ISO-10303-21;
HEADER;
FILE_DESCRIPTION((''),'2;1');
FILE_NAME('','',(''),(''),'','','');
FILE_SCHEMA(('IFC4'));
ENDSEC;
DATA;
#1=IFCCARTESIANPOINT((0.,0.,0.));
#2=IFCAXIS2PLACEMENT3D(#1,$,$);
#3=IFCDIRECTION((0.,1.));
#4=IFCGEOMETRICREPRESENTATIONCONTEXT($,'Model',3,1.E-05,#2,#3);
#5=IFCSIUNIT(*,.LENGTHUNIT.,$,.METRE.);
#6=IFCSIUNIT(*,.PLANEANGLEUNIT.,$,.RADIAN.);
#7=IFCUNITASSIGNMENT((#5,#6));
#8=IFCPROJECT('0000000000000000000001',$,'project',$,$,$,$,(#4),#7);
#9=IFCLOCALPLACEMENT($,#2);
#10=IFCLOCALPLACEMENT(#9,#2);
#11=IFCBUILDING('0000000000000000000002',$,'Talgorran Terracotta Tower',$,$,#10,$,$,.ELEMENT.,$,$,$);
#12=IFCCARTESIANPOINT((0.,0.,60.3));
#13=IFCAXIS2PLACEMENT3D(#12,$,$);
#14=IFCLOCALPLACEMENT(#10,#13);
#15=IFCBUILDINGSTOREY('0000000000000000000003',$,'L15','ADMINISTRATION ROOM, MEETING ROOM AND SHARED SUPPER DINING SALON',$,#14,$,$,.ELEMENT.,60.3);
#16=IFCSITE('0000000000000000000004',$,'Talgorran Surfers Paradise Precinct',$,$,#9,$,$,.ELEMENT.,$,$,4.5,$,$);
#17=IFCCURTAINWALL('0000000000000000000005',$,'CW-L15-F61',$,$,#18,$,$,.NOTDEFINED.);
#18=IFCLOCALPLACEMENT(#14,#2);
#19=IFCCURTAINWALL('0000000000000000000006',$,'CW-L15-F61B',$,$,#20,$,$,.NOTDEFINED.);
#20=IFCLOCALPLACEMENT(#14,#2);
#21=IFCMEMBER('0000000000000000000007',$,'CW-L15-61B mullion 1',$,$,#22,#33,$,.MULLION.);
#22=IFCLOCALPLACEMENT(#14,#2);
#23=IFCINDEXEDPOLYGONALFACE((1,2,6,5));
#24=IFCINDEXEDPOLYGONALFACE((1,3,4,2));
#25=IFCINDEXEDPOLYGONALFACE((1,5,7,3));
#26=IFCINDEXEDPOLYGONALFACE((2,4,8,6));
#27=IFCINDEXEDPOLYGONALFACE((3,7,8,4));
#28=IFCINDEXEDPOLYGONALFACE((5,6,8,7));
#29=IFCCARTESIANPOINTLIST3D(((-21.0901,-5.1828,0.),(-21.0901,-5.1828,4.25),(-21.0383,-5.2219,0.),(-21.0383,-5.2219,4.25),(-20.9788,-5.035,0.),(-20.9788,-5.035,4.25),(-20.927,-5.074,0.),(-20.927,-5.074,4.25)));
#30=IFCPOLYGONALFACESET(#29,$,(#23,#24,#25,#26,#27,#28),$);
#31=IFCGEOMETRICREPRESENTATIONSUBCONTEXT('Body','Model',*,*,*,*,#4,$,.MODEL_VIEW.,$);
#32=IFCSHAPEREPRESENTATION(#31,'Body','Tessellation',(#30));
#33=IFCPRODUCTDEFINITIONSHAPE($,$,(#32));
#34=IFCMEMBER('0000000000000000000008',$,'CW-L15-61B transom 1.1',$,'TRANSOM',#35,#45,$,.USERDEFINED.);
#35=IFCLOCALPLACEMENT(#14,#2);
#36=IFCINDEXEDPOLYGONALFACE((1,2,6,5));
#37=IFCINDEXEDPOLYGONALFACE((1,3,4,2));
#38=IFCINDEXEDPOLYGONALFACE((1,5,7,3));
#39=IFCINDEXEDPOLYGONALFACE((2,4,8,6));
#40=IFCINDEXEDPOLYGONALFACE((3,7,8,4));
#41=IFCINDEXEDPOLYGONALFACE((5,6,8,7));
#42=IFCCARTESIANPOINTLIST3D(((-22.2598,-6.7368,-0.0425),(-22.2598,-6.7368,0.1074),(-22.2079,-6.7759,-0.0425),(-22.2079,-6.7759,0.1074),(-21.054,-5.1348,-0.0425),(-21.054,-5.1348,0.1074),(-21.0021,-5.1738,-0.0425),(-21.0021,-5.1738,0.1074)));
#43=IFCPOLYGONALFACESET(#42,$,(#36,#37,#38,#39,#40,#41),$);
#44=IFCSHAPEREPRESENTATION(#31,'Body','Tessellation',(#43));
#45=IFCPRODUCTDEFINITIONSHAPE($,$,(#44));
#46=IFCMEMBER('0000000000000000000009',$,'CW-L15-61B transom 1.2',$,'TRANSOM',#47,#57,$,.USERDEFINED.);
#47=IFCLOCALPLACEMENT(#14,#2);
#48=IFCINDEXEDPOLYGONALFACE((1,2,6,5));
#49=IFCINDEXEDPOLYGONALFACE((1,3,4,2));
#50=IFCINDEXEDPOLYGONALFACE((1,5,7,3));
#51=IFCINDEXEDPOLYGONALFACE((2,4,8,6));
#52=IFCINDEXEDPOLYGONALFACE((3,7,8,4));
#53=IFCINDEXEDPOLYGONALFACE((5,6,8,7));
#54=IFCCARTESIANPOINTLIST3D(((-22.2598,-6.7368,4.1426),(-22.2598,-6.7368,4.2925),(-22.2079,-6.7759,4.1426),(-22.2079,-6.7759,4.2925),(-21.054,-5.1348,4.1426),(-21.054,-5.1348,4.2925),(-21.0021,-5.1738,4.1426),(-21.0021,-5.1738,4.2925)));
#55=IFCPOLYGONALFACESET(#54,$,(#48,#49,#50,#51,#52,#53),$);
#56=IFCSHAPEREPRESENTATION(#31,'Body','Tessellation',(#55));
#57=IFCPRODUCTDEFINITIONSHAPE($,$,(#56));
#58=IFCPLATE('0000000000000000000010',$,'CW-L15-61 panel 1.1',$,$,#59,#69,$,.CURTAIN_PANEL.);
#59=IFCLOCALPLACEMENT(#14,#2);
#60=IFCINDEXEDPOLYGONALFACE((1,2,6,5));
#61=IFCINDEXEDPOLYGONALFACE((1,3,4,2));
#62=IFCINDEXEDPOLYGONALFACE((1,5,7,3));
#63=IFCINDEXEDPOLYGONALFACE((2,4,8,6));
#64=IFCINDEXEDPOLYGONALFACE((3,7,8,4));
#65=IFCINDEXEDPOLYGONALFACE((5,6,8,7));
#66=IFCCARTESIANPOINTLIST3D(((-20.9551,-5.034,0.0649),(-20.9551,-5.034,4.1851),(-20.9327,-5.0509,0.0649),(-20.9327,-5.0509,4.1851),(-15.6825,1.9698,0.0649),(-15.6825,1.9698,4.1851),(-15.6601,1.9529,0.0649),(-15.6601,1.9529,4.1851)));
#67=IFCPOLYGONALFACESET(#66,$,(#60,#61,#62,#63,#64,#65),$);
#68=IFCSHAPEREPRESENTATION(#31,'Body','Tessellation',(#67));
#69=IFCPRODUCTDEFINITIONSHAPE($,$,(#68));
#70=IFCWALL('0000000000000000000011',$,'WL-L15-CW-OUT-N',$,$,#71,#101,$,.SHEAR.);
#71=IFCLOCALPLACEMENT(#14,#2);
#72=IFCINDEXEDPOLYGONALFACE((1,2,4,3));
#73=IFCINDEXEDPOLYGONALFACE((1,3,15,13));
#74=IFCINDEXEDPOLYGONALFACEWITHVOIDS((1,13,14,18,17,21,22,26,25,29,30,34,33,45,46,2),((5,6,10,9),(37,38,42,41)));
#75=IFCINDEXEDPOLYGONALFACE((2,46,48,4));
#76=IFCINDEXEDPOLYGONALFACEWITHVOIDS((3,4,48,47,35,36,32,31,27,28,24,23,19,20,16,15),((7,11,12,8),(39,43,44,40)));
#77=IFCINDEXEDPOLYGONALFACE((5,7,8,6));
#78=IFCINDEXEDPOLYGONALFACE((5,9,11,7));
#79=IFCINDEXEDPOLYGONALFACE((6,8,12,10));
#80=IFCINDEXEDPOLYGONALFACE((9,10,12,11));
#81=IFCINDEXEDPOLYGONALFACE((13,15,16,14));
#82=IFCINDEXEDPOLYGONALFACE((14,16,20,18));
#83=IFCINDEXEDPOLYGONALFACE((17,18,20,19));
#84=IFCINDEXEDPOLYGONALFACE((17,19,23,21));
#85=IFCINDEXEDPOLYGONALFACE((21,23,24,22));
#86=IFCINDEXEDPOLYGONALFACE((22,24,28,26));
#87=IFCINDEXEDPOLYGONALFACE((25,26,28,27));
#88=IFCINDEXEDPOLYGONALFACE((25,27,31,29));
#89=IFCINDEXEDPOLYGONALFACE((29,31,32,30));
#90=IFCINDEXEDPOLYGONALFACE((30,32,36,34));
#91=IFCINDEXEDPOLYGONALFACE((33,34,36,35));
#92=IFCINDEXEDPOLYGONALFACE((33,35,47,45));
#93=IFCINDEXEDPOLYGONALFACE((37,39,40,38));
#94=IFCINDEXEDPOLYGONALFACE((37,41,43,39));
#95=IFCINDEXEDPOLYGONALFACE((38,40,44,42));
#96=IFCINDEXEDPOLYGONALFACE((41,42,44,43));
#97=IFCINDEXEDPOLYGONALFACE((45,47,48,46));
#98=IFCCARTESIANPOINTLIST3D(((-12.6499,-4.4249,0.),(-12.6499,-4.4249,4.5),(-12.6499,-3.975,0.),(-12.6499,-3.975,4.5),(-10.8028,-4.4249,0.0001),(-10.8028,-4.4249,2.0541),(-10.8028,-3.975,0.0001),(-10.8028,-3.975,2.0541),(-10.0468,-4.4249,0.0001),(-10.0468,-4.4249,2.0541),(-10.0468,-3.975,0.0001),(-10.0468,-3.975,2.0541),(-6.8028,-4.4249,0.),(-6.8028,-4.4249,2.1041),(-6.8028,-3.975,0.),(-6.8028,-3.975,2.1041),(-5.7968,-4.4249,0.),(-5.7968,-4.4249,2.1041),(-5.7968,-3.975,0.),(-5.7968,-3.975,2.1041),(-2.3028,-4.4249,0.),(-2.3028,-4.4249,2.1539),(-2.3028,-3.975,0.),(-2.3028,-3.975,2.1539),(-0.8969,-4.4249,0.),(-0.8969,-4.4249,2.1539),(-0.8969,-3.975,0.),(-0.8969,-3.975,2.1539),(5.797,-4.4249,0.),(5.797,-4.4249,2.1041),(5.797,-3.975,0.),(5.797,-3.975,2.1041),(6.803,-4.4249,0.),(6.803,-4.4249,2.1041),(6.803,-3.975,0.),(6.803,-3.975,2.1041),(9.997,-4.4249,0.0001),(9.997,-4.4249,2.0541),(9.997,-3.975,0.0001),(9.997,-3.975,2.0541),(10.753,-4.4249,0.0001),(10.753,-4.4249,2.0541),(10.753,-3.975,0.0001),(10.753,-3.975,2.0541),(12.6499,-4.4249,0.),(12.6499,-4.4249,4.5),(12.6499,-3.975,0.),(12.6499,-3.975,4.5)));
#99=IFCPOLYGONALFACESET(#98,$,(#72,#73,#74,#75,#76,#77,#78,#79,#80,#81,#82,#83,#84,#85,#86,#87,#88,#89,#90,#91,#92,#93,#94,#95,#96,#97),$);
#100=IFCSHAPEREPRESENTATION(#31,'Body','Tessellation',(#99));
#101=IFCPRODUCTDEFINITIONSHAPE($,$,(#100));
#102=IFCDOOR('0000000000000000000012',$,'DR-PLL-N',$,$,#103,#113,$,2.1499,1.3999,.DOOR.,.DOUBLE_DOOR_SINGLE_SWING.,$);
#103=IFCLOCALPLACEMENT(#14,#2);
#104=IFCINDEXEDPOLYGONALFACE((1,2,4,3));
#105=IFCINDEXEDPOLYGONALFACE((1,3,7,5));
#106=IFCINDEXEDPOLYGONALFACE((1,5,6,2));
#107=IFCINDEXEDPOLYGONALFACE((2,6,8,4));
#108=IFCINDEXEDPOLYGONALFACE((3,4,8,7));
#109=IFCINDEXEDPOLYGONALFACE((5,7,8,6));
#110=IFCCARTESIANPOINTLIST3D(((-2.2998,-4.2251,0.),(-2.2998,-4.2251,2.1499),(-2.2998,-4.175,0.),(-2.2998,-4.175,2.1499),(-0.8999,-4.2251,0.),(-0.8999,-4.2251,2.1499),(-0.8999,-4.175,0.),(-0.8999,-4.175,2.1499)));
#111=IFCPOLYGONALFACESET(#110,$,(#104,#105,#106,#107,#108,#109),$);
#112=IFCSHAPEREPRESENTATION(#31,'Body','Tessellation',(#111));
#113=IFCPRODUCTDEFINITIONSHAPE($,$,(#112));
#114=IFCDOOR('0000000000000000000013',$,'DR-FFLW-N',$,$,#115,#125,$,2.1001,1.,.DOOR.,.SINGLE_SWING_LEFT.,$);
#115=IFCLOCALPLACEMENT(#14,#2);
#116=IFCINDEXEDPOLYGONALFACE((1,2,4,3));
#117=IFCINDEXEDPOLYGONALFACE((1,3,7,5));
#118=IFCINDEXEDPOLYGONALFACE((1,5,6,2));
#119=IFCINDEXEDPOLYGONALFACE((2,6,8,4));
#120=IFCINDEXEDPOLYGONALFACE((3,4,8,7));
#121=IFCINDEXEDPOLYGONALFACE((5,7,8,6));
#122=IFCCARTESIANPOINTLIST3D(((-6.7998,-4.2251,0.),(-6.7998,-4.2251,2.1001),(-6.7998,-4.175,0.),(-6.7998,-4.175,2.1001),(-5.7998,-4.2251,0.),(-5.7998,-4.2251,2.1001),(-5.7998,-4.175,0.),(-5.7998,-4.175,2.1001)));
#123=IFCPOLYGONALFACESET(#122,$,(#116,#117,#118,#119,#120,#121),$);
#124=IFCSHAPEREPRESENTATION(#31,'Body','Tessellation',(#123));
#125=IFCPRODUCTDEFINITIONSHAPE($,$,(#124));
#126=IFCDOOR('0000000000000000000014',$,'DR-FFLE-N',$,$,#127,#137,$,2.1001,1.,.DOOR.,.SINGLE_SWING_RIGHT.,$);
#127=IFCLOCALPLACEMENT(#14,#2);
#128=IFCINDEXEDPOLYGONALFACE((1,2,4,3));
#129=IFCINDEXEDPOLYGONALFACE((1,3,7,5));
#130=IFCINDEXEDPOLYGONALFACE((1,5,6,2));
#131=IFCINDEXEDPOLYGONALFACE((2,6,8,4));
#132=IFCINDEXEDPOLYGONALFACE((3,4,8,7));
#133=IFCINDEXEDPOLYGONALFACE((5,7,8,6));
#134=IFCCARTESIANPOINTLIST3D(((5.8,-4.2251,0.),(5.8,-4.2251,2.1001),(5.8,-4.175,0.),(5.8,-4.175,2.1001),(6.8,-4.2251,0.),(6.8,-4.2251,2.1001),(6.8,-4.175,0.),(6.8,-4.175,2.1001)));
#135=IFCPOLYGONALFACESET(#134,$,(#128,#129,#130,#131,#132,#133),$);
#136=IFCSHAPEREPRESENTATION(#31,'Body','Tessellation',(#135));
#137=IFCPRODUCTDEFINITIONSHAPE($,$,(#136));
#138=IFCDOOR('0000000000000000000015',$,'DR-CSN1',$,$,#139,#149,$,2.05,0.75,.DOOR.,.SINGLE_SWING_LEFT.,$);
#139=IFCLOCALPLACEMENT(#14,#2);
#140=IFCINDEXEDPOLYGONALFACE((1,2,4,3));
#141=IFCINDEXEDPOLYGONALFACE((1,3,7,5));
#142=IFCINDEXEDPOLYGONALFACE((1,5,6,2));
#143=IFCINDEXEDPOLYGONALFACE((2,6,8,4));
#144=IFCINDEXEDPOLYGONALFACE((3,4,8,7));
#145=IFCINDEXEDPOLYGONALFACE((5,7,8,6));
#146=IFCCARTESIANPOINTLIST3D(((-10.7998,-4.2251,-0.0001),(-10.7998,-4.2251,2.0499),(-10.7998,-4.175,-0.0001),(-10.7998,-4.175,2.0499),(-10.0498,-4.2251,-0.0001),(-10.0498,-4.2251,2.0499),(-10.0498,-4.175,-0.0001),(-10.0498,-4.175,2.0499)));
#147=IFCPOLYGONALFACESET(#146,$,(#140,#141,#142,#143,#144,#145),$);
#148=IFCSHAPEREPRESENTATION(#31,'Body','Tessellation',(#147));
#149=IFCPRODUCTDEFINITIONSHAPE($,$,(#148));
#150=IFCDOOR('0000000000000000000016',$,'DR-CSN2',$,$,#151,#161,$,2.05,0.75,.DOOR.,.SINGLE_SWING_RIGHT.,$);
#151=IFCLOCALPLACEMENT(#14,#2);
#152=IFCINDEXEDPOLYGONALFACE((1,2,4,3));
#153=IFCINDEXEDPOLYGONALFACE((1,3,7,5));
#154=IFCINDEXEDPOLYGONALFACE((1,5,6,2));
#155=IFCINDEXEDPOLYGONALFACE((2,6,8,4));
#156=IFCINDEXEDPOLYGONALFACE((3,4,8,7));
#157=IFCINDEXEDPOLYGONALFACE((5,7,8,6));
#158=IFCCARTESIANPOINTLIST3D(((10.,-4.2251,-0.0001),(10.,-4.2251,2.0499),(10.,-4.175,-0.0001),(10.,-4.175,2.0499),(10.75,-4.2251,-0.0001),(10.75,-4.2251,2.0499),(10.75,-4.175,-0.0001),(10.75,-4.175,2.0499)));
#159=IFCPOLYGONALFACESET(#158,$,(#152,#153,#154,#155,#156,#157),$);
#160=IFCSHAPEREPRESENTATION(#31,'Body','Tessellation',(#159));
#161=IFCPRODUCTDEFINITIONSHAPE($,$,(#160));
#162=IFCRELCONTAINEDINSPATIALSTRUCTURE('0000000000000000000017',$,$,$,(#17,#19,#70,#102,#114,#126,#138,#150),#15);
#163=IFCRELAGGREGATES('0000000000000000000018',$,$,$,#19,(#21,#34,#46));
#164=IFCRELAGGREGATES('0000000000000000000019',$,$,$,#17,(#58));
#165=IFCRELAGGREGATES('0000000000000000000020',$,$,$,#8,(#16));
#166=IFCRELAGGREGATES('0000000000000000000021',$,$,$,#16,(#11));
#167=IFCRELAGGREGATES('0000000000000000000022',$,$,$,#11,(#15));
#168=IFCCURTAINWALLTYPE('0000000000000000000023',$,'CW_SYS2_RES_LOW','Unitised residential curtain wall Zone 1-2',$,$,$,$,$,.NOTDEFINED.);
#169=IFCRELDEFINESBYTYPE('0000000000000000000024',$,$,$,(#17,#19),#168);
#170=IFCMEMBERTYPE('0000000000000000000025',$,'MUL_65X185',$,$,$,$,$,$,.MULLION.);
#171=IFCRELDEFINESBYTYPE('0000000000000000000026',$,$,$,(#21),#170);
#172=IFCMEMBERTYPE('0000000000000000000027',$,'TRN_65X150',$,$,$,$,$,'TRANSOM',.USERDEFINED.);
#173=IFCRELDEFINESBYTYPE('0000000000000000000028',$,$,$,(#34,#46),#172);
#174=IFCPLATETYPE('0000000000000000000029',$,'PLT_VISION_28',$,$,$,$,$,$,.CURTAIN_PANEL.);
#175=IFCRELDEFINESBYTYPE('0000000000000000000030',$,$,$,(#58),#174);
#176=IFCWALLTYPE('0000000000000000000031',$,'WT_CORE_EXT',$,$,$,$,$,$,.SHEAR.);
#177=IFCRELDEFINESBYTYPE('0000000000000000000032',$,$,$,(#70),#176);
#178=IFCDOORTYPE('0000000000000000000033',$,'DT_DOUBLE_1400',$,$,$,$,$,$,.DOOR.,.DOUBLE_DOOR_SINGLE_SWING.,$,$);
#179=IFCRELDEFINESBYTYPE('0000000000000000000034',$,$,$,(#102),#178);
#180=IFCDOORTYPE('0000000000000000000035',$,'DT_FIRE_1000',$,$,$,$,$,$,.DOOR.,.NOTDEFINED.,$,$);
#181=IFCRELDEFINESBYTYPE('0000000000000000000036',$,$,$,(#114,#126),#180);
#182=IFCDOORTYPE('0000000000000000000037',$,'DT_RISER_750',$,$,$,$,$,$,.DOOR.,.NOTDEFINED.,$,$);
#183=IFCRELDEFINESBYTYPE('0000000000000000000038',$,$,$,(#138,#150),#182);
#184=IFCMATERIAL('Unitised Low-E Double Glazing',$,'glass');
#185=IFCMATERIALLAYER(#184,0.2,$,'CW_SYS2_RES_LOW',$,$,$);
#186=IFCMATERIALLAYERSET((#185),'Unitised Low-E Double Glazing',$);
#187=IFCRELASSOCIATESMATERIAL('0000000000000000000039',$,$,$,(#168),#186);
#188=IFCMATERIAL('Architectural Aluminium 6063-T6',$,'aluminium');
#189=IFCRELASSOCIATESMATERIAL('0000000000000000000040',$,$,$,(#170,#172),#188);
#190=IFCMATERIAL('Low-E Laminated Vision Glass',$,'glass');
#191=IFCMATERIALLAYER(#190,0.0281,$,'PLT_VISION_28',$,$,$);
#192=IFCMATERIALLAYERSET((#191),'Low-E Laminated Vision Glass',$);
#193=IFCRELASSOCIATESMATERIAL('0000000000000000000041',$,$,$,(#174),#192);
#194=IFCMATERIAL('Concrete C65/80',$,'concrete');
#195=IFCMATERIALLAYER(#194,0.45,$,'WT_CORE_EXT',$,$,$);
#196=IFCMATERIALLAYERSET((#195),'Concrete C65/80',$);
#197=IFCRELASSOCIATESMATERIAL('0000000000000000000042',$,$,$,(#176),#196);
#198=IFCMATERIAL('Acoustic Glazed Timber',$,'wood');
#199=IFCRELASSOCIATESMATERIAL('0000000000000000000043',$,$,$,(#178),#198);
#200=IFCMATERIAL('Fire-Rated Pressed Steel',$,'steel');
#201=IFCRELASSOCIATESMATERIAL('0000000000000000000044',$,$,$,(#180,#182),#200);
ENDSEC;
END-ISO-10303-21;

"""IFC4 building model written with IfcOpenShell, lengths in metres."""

from ifc_helpers import new_model, si_unit, direction, frame, frame_2d, origin, origin_2d, place, context, subcontext, project, spatial, rectangle, extrude, source, transform, mapped, material, layer, layer_set, material_profile, profile_set, type_object, type_shapes, element, fill, aggregate, save


model = new_model("IFC4")

# Units and contexts
model_context = context("Model", 3, precision=1e-05, world=origin(), true_north=direction((0.0, 1.0)))
body_context = subcontext(model_context, "Body", "Model", "MODEL_VIEW")
ifc_project = project(units=[si_unit("LENGTHUNIT", "METRE"), si_unit("PLANEANGLEUNIT", "RADIAN")], contexts=[model_context])

# Site, building, storey
site_placement = place(None, origin())
site = spatial("IfcSite", under=ifc_project, at=site_placement, Name="Talgorran Surfers Paradise Precinct", CompositionType="ELEMENT", RefElevation=4.5)
building_placement = place(site_placement, origin())
building = spatial("IfcBuilding", under=site, at=building_placement, Name="Talgorran Terracotta Tower", CompositionType="ELEMENT")
storey_placement = place(building_placement, frame((0.0, 0.0, 60.3)))
storey = spatial("IfcBuildingStorey", under=building, at=storey_placement, Name="L15", Description="ADMINISTRATION ROOM, MEETING ROOM AND SHARED SUPPER DINING SALON", CompositionType="ELEMENT", Elevation=60.3)

# Curtain wall
ifc_material_1 = material(Name="Unitised Low-E Double Glazing", Category="glass")
ifc_layer_1 = layer(ifc_material_1, 0.2, Name="CW_SYS2_RES_LOW")
ifc_layer_set_1 = layer_set([ifc_layer_1], Name="Unitised Low-E Double Glazing")
curtain_wall_type = type_object("IfcCurtainWallType", Name="CW_SYS2_RES_LOW", Description="Unitised residential curtain wall Zone 1-2", PredefinedType="NOTDEFINED", material=ifc_layer_set_1)
curtain_wall_1_placement = place(storey_placement, origin())
curtain_wall_1 = element("IfcCurtainWall", 1, at=curtain_wall_1_placement, inside=storey, type_object=curtain_wall_type, Name="CW-L15-F61", PredefinedType="NOTDEFINED")
ifc_material_2 = material(Name="Architectural Aluminium 6063-T6", Category="aluminium")
ifc_material_profile_1 = material_profile(ifc_material_2, rectangle(XDim=0.0649, YDim=0.1851, at=origin_2d()), Name="CWM65X185")
ifc_profile_set_1 = profile_set([ifc_material_profile_1], Name="Architectural Aluminium 6063-T6")
member_type_1 = type_object("IfcMemberType", Name="MUL_65X185", PredefinedType="MULLION", material=ifc_profile_set_1)

# Curtain wall, members
curtain_wall_2_placement = place(storey_placement, origin())
curtain_wall_2 = element("IfcCurtainWall", 2, at=curtain_wall_2_placement, inside=storey, type_object=curtain_wall_type, Name="CW-L15-F61B", PredefinedType="NOTDEFINED")
member_1_placement = place(storey_placement, frame((-21.0085, -5.1284, 0.0), z_axis=(0.0, 0.0, 1.0), x_axis=(0.798931, -0.601423, 0.0)))
member_1 = element("IfcMember", 3, at=member_1_placement, type_object=member_type_1, Name="CW-L15-61B mullion 1", PredefinedType="MULLION", context=body_context, shape_type="SweptSolid", body=[
    extrude(rectangle(XDim=0.0649, YDim=0.1851, at=origin_2d()), origin(), (0.0, 0.0, 1.0), 4.25),
])
ifc_material_profile_2 = material_profile(ifc_material_2, rectangle(XDim=0.0649, YDim=0.1499, at=origin_2d()), Name="CWT65X150")
ifc_profile_set_2 = profile_set([ifc_material_profile_2], Name="Architectural Aluminium 6063-T6")
member_type_2 = type_object("IfcMemberType", Name="TRN_65X150", ElementType="TRANSOM", PredefinedType="USERDEFINED", material=ifc_profile_set_2)
member_2_placement = place(storey_placement, frame((-21.0281, -5.1543, 0.0325), z_axis=(-0.601363, -0.798976, 0.0), x_axis=(0.798976, -0.601363, 0.0)))
member_2 = element("IfcMember", 4, at=member_2_placement, type_object=member_type_2, Name="CW-L15-61B transom 1.1", ObjectType="TRANSOM", PredefinedType="USERDEFINED", context=body_context, shape_type="SweptSolid", body=[
    extrude(rectangle(XDim=0.0649, YDim=0.1499, at=origin_2d()), origin(), (0.0, 0.0, 1.0), 2.0051),
])
member_3_placement = place(storey_placement, frame((-21.0281, -5.1543, 4.2175), z_axis=(-0.601363, -0.798976, 0.0), x_axis=(0.798976, -0.601363, 0.0)))
member_3 = element("IfcMember", 5, at=member_3_placement, type_object=member_type_2, Name="CW-L15-61B transom 1.2", ObjectType="TRANSOM", PredefinedType="USERDEFINED", context=body_context, shape_type="SweptSolid", body=[
    extrude(rectangle(XDim=0.0649, YDim=0.1499, at=origin_2d()), origin(), (0.0, 0.0, 1.0), 2.0051),
])
aggregate(curtain_wall_2, [member_1, member_2, member_3])

# Plate
ifc_material_3 = material(Name="Low-E Laminated Vision Glass", Category="glass")
ifc_layer_2 = layer(ifc_material_3, 0.0281, Name="PLT_VISION_28")
ifc_layer_set_2 = layer_set([ifc_layer_2], Name="Low-E Laminated Vision Glass")
plate_type = type_object("IfcPlateType", Name="PLT_VISION_28", PredefinedType="CURTAIN_PANEL", material=ifc_layer_set_2)
shared_shape = source(origin(), body_context, "Body", "SweptSolid", [
    extrude(rectangle(XDim=8.7666, YDim=0.0281, at=origin_2d()), origin(), (0.0, 0.0, 1.0), 4.1201),
])
type_shapes(plate_type, [shared_shape])
plate_placement = place(storey_placement, frame((-18.3076, -1.5405, 0.0649), z_axis=(0.0, 0.0, 1.0), x_axis=(-0.60144, -0.798918, 0.0)))
plate = element("IfcPlate", 6, at=plate_placement, type_object=plate_type, Name="CW-L15-61 panel 1.1", PredefinedType="CURTAIN_PANEL", context=body_context, shape_type="MappedRepresentation", body=[
    mapped(shared_shape, transform((0.0, 0.0, 0.0), scale=1.0)),
])
aggregate(curtain_wall_1, [plate])

# Wall, openings, doors
ifc_material_4 = material(Name="Concrete C65/80", Category="concrete")
ifc_layer_3 = layer(ifc_material_4, 0.45, Name="WT_CORE_EXT")
ifc_layer_set_3 = layer_set([ifc_layer_3], Name="Concrete C65/80")
wall_type_1 = type_object("IfcWallType", Name="WT_CORE_EXT", PredefinedType="SHEAR", material=ifc_layer_set_3)
wall_1_placement = place(storey_placement, frame((-12.6499, -4.2, 0.0), z_axis=(0.0, 0.0, 1.0), x_axis=(1.0, 0.0, 0.0)))
wall_1 = element("IfcWall", 7, at=wall_1_placement, inside=storey, type_object=wall_type_1, Name="WL-L15-CW-OUT-N", PredefinedType="SHEAR", context=body_context, shape_type="SweptSolid", body=[
    extrude(rectangle(XDim=25.2998, YDim=0.45, at=frame_2d((12.6499, 0.0))), origin(), (0.0, 0.0, 1.0), 4.5),
])
opening_1_placement = place(wall_1_placement, frame((1.8501, 0.0, 0.0)))
opening_1 = element("IfcOpeningElement", 8, at=opening_1_placement, cuts=wall_1, PredefinedType="OPENING", context=body_context, shape_type="SweptSolid", body=[
    extrude(rectangle(XDim=0.756, YDim=2.054, at=frame_2d((0.375, 1.0271))), frame((0.0, 0.2349, 0.0), z_axis=(0.0, -1.0, 0.0), x_axis=(1.0, 0.0, 0.0)), (0.0, 0.0, 1.0), 0.47),
])
opening_2_placement = place(wall_1_placement, frame((22.6499, 0.0, 0.0)))
opening_2 = element("IfcOpeningElement", 9, at=opening_2_placement, cuts=wall_1, PredefinedType="OPENING", context=body_context, shape_type="SweptSolid", body=[
    extrude(rectangle(XDim=0.756, YDim=2.054, at=frame_2d((0.375, 1.0271))), frame((0.0, 0.2349, 0.0), z_axis=(0.0, -1.0, 0.0), x_axis=(1.0, 0.0, 0.0)), (0.0, 0.0, 1.0), 0.47),
])
opening_3_placement = place(wall_1_placement, frame((5.8501, 0.0, 0.0)))
opening_3 = element("IfcOpeningElement", 10, at=opening_3_placement, cuts=wall_1, PredefinedType="OPENING", context=body_context, shape_type="SweptSolid", body=[
    extrude(rectangle(XDim=1.006, YDim=2.1041, at=frame_2d((0.5, 1.052))), frame((0.0, 0.2349, 0.0), z_axis=(0.0, -1.0, 0.0), x_axis=(1.0, 0.0, 0.0)), (0.0, 0.0, 1.0), 0.47),
])
opening_4_placement = place(wall_1_placement, frame((10.3501, 0.0, 0.0)))
opening_4 = element("IfcOpeningElement", 11, at=opening_4_placement, cuts=wall_1, PredefinedType="OPENING", context=body_context, shape_type="SweptSolid", body=[
    extrude(rectangle(XDim=1.4059, YDim=2.1539, at=frame_2d((0.7, 1.0769))), frame((0.0, 0.2349, 0.0), z_axis=(0.0, -1.0, 0.0), x_axis=(1.0, 0.0, 0.0)), (0.0, 0.0, 1.0), 0.47),
])
opening_5_placement = place(wall_1_placement, frame((18.45, 0.0, 0.0)))
opening_5 = element("IfcOpeningElement", 12, at=opening_5_placement, cuts=wall_1, PredefinedType="OPENING", context=body_context, shape_type="SweptSolid", body=[
    extrude(rectangle(XDim=1.006, YDim=2.1041, at=frame_2d((0.5, 1.052))), frame((0.0, 0.2349, 0.0), z_axis=(0.0, -1.0, 0.0), x_axis=(1.0, 0.0, 0.0)), (0.0, 0.0, 1.0), 0.47),
])
ifc_material_5 = material(Name="Acoustic Glazed Timber", Category="wood")
door_type_1 = type_object("IfcDoorType", Name="DT_DOUBLE_1400", OperationType="DOUBLE_DOOR_SINGLE_SWING", PredefinedType="DOOR", material=ifc_material_5)
door_1_placement = place(opening_4_placement, origin())
door_1 = element("IfcDoor", 13, at=door_1_placement, inside=storey, type_object=door_type_1, Name="DR-PLL-N", OperationType="DOUBLE_DOOR_SINGLE_SWING", OverallHeight=2.1499, OverallWidth=1.3999, PredefinedType="DOOR", context=body_context, shape_type="SweptSolid", body=[
    extrude(rectangle(XDim=1.3999, YDim=2.1499, at=frame_2d((0.7, 1.075))), frame((0.0, 0.0249, 0.0), z_axis=(0.0, -1.0, 0.0), x_axis=(1.0, 0.0, 0.0)), (0.0, 0.0, 1.0), 0.05),
])
fill(opening_4, door_1)
ifc_material_6 = material(Name="Fire-Rated Pressed Steel", Category="steel")
door_type_2 = type_object("IfcDoorType", Name="DT_FIRE_1000", OperationType="NOTDEFINED", PredefinedType="DOOR", material=ifc_material_6)
door_2_placement = place(opening_3_placement, origin())
door_2 = element("IfcDoor", 14, at=door_2_placement, inside=storey, type_object=door_type_2, Name="DR-FFLW-N", OperationType="SINGLE_SWING_LEFT", OverallHeight=2.1001, OverallWidth=1.0, PredefinedType="DOOR", context=body_context, shape_type="SweptSolid", body=[
    extrude(rectangle(XDim=1.0, YDim=2.1001, at=frame_2d((0.5, 1.05))), frame((0.0, 0.0249, 0.0), z_axis=(0.0, -1.0, 0.0), x_axis=(1.0, 0.0, 0.0)), (0.0, 0.0, 1.0), 0.05),
])
fill(opening_3, door_2)
door_3_placement = place(opening_5_placement, origin())
door_3 = element("IfcDoor", 15, at=door_3_placement, inside=storey, type_object=door_type_2, Name="DR-FFLE-N", OperationType="SINGLE_SWING_RIGHT", OverallHeight=2.1001, OverallWidth=1.0, PredefinedType="DOOR", context=body_context, shape_type="SweptSolid", body=[
    extrude(rectangle(XDim=1.0, YDim=2.1001, at=frame_2d((0.5, 1.05))), frame((0.0, 0.0249, 0.0), z_axis=(0.0, -1.0, 0.0), x_axis=(1.0, 0.0, 0.0)), (0.0, 0.0, 1.0), 0.05),
])
fill(opening_5, door_3)
door_type_3 = type_object("IfcDoorType", Name="DT_RISER_750", OperationType="NOTDEFINED", PredefinedType="DOOR", material=ifc_material_6)
door_4_placement = place(opening_1_placement, origin())
door_4 = element("IfcDoor", 16, at=door_4_placement, inside=storey, type_object=door_type_3, Name="DR-CSN1", OperationType="SINGLE_SWING_LEFT", OverallHeight=2.05, OverallWidth=0.75, PredefinedType="DOOR", context=body_context, shape_type="SweptSolid", body=[
    extrude(rectangle(XDim=0.75, YDim=2.05, at=frame_2d((0.375, 1.0249))), frame((0.0, 0.0249, 0.0), z_axis=(0.0, -1.0, 0.0), x_axis=(1.0, 0.0, 0.0)), (0.0, 0.0, 1.0), 0.05),
])
fill(opening_1, door_4)
door_5_placement = place(opening_2_placement, origin())
door_5 = element("IfcDoor", 17, at=door_5_placement, inside=storey, type_object=door_type_3, Name="DR-CSN2", OperationType="SINGLE_SWING_RIGHT", OverallHeight=2.05, OverallWidth=0.75, PredefinedType="DOOR", context=body_context, shape_type="SweptSolid", body=[
    extrude(rectangle(XDim=0.75, YDim=2.05, at=frame_2d((0.375, 1.0249))), frame((0.0, 0.0249, 0.0), z_axis=(0.0, -1.0, 0.0), x_axis=(1.0, 0.0, 0.0)), (0.0, 0.0, 1.0), 0.05),
])
fill(opening_2, door_5)

save(model, "model.ifc")
